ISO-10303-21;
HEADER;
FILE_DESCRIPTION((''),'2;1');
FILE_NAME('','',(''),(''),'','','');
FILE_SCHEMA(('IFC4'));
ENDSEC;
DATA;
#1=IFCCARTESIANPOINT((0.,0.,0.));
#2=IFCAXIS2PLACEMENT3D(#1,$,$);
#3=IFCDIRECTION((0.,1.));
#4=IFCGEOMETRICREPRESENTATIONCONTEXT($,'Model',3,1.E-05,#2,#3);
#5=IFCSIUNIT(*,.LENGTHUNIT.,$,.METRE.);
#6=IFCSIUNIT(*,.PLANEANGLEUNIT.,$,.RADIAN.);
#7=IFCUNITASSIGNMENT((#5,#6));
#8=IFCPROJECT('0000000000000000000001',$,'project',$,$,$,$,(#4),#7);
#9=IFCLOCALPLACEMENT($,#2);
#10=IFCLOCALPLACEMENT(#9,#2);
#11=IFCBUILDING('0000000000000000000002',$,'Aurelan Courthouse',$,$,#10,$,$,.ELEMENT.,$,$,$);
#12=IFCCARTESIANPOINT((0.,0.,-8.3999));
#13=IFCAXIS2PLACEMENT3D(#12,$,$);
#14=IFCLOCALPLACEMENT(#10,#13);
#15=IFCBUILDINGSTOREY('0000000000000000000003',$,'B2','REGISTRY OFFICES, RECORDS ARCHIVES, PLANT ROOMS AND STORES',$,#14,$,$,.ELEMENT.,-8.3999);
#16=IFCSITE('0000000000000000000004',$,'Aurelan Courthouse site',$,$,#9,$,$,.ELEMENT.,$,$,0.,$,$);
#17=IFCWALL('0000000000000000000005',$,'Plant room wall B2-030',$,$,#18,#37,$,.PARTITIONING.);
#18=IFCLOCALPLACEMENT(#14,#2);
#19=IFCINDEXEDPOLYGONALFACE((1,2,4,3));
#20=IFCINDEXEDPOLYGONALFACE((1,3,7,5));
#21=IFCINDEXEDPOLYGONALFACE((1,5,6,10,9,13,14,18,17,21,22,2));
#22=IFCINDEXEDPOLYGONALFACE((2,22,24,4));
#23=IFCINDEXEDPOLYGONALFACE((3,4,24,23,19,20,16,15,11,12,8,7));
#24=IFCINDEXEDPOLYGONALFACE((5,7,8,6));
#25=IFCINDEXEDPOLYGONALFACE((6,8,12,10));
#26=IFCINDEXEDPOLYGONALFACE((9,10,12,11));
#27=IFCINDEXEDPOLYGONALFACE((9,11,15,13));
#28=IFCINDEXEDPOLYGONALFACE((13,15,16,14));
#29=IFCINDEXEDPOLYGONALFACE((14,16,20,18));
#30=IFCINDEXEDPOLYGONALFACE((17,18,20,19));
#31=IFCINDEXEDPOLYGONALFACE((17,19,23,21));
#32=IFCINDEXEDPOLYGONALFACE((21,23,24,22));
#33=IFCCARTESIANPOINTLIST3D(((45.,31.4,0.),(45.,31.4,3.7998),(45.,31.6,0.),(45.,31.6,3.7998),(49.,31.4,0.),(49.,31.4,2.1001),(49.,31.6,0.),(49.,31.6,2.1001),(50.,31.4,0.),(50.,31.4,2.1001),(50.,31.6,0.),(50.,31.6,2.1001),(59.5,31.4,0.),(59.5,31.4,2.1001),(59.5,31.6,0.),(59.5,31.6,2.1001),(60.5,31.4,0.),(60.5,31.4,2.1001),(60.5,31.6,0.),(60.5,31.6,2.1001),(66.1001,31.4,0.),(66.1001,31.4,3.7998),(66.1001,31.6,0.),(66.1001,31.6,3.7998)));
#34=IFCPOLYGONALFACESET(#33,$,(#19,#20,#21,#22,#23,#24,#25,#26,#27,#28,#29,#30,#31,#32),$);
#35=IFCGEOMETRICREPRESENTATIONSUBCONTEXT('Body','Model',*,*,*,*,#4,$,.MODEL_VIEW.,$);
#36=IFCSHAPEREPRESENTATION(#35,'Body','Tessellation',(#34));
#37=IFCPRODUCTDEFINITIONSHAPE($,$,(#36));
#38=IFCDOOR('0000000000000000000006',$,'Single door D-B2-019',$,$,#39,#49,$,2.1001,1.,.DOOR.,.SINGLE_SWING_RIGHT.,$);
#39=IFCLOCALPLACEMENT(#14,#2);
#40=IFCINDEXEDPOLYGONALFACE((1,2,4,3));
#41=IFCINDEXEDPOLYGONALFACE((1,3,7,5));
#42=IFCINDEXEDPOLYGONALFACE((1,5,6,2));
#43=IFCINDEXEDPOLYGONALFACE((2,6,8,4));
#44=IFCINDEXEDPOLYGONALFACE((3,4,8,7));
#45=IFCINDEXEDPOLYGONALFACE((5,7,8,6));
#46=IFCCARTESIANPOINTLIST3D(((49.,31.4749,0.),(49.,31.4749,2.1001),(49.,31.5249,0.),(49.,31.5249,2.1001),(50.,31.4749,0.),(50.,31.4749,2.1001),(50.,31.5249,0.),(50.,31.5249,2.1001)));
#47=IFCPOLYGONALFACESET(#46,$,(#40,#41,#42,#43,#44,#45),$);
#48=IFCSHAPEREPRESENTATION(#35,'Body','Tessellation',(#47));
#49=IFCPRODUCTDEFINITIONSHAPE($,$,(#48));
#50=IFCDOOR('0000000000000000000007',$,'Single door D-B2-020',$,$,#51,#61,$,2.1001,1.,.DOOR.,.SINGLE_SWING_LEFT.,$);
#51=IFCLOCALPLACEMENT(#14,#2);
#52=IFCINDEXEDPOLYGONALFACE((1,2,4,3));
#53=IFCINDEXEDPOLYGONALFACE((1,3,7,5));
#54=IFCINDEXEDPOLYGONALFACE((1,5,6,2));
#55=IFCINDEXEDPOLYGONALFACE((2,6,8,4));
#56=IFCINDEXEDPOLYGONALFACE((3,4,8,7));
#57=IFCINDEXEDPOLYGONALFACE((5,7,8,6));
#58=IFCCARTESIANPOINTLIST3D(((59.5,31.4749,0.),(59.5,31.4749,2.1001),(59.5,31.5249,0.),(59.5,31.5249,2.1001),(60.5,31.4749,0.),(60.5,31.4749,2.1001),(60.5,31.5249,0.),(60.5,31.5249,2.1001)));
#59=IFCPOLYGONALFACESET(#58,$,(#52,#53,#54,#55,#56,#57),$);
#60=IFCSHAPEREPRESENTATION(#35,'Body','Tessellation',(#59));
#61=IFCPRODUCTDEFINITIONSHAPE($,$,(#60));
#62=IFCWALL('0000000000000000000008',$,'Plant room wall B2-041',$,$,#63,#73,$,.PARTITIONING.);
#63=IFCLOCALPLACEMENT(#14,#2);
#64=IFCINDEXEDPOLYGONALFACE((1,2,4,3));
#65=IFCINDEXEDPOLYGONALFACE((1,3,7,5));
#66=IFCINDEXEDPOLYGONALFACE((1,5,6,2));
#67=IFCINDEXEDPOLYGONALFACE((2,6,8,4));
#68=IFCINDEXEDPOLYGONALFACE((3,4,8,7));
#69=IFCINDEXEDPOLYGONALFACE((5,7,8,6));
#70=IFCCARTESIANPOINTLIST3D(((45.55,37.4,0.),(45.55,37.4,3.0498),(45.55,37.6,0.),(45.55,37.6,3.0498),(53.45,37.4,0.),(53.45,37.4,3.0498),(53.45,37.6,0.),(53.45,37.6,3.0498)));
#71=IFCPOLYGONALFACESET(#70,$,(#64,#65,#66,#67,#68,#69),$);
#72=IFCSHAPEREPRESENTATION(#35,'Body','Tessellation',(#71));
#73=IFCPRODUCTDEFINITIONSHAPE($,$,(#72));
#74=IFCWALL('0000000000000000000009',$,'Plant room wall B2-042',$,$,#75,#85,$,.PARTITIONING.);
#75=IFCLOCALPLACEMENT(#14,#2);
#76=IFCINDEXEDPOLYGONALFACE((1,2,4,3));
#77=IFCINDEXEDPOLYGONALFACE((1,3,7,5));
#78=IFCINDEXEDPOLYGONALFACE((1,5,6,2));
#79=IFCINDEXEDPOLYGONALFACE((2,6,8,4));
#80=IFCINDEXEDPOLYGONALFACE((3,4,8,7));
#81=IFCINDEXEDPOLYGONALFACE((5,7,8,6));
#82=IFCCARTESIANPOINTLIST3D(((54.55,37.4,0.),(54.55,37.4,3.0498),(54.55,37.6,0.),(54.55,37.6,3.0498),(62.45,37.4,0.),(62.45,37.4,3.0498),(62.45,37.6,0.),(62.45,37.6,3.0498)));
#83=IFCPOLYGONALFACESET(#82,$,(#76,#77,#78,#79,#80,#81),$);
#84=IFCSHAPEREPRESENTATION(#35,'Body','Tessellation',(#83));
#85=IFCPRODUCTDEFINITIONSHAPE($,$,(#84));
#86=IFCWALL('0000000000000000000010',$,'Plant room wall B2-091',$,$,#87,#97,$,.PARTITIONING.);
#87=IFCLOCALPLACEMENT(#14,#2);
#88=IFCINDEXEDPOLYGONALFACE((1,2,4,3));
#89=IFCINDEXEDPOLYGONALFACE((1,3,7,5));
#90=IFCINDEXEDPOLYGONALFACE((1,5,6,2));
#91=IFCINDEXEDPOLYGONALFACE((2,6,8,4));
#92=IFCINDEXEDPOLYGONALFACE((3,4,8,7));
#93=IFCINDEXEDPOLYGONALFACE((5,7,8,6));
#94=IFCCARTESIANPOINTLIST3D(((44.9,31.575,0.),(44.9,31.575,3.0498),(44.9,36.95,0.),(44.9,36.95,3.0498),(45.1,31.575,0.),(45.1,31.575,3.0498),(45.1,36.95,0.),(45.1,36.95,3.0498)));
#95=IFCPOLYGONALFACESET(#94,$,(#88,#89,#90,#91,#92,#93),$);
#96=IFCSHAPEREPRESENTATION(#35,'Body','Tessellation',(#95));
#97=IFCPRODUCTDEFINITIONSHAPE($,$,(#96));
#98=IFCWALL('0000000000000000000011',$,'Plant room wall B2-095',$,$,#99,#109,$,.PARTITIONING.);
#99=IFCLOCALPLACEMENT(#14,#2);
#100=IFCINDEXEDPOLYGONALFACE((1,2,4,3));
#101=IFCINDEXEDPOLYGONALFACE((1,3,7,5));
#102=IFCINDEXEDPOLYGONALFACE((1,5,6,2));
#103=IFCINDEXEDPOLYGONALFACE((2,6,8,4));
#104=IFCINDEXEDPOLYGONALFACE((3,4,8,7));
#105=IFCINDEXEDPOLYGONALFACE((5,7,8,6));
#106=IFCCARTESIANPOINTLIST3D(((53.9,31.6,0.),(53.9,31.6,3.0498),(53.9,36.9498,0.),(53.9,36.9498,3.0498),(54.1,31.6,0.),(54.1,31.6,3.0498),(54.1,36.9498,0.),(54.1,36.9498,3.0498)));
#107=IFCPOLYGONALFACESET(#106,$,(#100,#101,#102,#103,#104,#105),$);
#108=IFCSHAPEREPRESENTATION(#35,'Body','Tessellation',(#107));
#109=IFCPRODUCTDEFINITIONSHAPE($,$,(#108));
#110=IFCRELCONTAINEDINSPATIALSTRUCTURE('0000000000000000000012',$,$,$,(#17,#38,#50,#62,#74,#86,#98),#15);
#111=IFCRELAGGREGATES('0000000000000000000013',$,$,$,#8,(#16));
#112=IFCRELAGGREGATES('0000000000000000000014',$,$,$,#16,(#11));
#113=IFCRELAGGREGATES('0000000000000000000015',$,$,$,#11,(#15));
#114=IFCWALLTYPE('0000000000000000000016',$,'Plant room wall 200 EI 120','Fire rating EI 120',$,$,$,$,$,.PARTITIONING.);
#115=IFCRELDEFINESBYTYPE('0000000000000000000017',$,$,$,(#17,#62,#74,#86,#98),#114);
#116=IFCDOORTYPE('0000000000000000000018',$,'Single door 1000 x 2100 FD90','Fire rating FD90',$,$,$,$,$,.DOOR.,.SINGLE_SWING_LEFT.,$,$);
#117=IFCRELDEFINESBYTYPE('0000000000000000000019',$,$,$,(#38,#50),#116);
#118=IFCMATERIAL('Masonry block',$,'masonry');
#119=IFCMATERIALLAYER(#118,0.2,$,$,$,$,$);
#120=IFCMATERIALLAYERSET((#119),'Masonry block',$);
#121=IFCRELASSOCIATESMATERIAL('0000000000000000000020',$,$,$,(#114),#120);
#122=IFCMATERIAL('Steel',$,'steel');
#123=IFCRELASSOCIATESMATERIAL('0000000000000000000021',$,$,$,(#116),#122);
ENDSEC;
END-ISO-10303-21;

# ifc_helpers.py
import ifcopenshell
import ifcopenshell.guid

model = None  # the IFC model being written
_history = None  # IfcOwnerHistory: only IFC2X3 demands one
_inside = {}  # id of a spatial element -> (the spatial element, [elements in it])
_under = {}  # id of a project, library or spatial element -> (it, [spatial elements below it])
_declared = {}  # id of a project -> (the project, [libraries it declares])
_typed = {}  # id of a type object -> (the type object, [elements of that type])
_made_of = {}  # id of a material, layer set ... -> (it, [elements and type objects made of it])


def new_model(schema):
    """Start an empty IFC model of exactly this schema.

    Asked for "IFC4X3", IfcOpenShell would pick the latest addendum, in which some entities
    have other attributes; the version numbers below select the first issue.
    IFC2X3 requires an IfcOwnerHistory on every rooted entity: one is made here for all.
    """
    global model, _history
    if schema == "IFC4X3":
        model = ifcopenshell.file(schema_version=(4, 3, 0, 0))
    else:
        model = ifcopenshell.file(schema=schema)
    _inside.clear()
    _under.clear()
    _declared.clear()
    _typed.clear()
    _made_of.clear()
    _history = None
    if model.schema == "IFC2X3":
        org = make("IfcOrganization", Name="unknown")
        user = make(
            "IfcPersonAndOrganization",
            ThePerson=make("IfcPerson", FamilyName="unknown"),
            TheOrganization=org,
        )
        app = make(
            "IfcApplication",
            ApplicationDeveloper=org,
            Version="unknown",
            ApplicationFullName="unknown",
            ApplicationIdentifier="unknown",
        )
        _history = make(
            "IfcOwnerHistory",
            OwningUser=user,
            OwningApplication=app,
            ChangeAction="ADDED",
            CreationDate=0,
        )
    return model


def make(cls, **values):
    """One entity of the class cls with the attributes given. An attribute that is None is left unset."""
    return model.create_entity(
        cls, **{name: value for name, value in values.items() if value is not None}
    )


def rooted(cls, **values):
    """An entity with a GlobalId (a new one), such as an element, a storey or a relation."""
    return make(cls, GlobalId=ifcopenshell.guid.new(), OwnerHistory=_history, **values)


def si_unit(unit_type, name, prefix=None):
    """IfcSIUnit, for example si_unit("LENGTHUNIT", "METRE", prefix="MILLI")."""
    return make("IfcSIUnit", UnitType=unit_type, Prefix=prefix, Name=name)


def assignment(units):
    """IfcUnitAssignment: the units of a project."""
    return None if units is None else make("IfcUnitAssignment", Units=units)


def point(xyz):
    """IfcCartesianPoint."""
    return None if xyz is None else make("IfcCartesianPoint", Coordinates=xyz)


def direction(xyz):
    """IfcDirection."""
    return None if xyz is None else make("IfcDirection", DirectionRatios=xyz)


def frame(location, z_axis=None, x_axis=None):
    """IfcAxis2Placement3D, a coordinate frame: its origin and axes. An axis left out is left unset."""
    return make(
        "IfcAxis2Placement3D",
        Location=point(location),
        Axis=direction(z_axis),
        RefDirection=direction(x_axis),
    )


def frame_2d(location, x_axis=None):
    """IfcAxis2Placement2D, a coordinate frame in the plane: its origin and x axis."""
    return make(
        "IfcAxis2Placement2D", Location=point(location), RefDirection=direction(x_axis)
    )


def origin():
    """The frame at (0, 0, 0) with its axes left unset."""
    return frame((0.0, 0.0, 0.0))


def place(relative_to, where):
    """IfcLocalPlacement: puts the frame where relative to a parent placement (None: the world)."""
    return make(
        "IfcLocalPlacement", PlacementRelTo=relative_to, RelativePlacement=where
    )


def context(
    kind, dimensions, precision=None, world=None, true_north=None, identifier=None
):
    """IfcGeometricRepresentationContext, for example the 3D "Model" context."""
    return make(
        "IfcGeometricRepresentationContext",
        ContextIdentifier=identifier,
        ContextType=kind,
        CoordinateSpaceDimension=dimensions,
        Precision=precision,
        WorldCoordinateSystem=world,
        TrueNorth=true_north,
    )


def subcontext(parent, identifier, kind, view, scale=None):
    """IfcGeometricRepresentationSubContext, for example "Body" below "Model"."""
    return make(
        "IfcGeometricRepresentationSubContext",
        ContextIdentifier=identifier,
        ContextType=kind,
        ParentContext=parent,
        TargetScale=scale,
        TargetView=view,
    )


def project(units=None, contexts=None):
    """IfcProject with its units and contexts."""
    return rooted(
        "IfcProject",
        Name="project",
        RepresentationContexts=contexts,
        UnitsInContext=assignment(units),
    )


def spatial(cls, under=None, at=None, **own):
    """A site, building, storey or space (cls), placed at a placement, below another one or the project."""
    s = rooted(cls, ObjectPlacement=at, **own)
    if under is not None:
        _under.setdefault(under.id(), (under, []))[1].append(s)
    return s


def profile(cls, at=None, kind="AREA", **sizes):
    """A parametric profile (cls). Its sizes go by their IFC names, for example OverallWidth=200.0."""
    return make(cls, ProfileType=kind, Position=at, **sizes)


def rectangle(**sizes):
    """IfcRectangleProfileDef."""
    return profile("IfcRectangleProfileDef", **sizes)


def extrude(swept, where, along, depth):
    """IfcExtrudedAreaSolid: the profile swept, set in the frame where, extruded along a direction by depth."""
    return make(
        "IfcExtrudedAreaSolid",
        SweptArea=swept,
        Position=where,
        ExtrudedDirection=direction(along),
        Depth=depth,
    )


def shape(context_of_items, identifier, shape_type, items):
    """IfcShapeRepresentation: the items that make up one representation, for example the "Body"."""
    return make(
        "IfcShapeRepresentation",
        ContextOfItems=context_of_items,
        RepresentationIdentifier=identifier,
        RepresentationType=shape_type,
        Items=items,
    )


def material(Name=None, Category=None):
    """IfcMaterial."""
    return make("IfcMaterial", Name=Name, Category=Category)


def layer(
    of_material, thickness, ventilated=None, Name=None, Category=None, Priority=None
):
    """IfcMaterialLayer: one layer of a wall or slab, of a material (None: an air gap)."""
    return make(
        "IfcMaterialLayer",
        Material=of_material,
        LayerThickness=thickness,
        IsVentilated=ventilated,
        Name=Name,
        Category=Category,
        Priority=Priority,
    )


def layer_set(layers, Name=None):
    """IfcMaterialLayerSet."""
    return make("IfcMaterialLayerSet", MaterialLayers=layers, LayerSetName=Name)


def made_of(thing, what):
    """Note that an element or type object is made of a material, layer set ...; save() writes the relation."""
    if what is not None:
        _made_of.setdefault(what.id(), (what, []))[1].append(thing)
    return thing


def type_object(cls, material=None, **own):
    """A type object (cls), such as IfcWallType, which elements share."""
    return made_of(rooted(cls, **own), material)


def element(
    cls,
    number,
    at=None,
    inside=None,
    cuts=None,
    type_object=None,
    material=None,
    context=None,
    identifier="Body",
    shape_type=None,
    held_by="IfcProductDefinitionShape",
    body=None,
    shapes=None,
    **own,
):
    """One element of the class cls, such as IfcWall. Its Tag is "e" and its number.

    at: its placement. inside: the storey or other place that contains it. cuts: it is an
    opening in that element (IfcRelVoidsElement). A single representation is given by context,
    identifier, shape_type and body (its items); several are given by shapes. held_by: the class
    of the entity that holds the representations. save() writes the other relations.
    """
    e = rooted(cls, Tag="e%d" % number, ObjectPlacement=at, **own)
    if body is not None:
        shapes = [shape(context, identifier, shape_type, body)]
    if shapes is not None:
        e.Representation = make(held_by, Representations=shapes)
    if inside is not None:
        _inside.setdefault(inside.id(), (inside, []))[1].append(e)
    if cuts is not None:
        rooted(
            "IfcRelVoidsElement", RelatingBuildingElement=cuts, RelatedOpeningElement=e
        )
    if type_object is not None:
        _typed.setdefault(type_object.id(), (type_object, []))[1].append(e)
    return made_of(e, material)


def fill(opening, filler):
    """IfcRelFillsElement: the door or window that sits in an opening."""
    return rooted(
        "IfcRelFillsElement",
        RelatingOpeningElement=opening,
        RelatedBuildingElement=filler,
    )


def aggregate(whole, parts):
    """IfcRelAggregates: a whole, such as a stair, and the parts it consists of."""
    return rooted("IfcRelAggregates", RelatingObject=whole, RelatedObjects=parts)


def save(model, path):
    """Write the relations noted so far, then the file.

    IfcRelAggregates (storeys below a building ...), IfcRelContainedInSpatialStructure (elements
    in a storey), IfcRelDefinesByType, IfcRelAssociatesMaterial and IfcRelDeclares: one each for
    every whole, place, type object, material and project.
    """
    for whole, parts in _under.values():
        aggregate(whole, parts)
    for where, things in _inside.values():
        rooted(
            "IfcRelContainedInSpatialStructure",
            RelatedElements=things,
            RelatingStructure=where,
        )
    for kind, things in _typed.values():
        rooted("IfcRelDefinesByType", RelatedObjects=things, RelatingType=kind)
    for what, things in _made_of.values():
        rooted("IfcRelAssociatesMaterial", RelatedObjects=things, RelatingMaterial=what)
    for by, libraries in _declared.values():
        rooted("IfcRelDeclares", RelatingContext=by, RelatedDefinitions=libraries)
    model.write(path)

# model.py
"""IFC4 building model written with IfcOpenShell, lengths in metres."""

from ifc_helpers import new_model, si_unit, direction, frame, frame_2d, origin, place, context, subcontext, project, spatial, rectangle, extrude, material, layer, layer_set, type_object, element, fill, save


model = new_model("IFC4")

# Units and contexts
model_context = context("Model", 3, precision=1e-05, world=origin(), true_north=direction((0.0, 1.0)))
body_context = subcontext(model_context, "Body", "Model", "MODEL_VIEW")
ifc_project = project(units=[si_unit("LENGTHUNIT", "METRE"), si_unit("PLANEANGLEUNIT", "RADIAN")], contexts=[model_context])

# Site, building, storey
site_placement = place(None, origin())
site = spatial("IfcSite", under=ifc_project, at=site_placement, Name="Aurelan Courthouse site", CompositionType="ELEMENT", RefElevation=0.0)
building_placement = place(site_placement, origin())
building = spatial("IfcBuilding", under=site, at=building_placement, Name="Aurelan Courthouse", CompositionType="ELEMENT")
storey_placement = place(building_placement, frame((0.0, 0.0, -8.3999)))
storey = spatial("IfcBuildingStorey", under=building, at=storey_placement, Name="B2", Description="REGISTRY OFFICES, RECORDS ARCHIVES, PLANT ROOMS AND STORES", CompositionType="ELEMENT", Elevation=-8.3999)

# Wall, openings, doors
ifc_material_1 = material(Name="Masonry block", Category="masonry")
ifc_layer = layer(ifc_material_1, 0.2)
ifc_layer_set = layer_set([ifc_layer], Name="Masonry block")
wall_type = type_object("IfcWallType", Name="Plant room wall 200 EI 120", Description="Fire rating EI 120", PredefinedType="PARTITIONING", material=ifc_layer_set)
wall_1_placement = place(storey_placement, frame((45.0, 31.5, 0.0), z_axis=(0.0, 0.0, 1.0), x_axis=(1.0, 0.0, 0.0)))
wall_1 = element("IfcWall", 1, at=wall_1_placement, inside=storey, type_object=wall_type, Name="Plant room wall B2-030", PredefinedType="PARTITIONING", context=body_context, shape_type="SweptSolid", body=[
    extrude(rectangle(XDim=21.1001, YDim=0.2, at=frame_2d((10.55, 0.0))), origin(), (0.0, 0.0, 1.0), 3.7998),
])
opening_1_placement = place(wall_1_placement, frame((4.0, 0.0, 0.0)))
opening_1 = element("IfcOpeningElement", 2, at=opening_1_placement, cuts=wall_1, PredefinedType="OPENING", context=body_context, shape_type="SweptSolid", body=[
    extrude(rectangle(XDim=1.0, YDim=2.1001, at=frame_2d((0.5, 1.05))), frame((0.0, 0.1099, 0.0), z_axis=(0.0, -1.0, 0.0), x_axis=(1.0, 0.0, 0.0)), (0.0, 0.0, 1.0), 0.22),
])
opening_2_placement = place(wall_1_placement, frame((14.5, 0.0, 0.0)))
opening_2 = element("IfcOpeningElement", 3, at=opening_2_placement, cuts=wall_1, PredefinedType="OPENING", context=body_context, shape_type="SweptSolid", body=[
    extrude(rectangle(XDim=1.0, YDim=2.1001, at=frame_2d((0.5, 1.05))), frame((0.0, 0.1099, 0.0), z_axis=(0.0, -1.0, 0.0), x_axis=(1.0, 0.0, 0.0)), (0.0, 0.0, 1.0), 0.22),
])
ifc_material_2 = material(Name="Steel", Category="steel")
door_type = type_object("IfcDoorType", Name="Single door 1000 x 2100 FD90", Description="Fire rating FD90", OperationType="SINGLE_SWING_LEFT", PredefinedType="DOOR", material=ifc_material_2)
door_1_placement = place(opening_1_placement, origin())
door_1 = element("IfcDoor", 4, at=door_1_placement, inside=storey, type_object=door_type, Name="Single door D-B2-019", OperationType="SINGLE_SWING_RIGHT", OverallHeight=2.1001, OverallWidth=1.0, PredefinedType="DOOR", context=body_context, shape_type="SweptSolid", body=[
    extrude(rectangle(XDim=1.0, YDim=2.1001, at=frame_2d((0.5, 1.05))), frame((0.0, 0.0249, 0.0), z_axis=(0.0, -1.0, 0.0), x_axis=(1.0, 0.0, 0.0)), (0.0, 0.0, 1.0), 0.05),
])
fill(opening_1, door_1)
door_2_placement = place(opening_2_placement, origin())
door_2 = element("IfcDoor", 5, at=door_2_placement, inside=storey, type_object=door_type, Name="Single door D-B2-020", OperationType="SINGLE_SWING_LEFT", OverallHeight=2.1001, OverallWidth=1.0, PredefinedType="DOOR", context=body_context, shape_type="SweptSolid", body=[
    extrude(rectangle(XDim=1.0, YDim=2.1001, at=frame_2d((0.5, 1.05))), frame((0.0, 0.0249, 0.0), z_axis=(0.0, -1.0, 0.0), x_axis=(1.0, 0.0, 0.0)), (0.0, 0.0, 1.0), 0.05),
])
fill(opening_2, door_2)

# Walls
for number, where, z_axis, x_axis, name in (
    (6, (45.55, 37.5, 0.0), (0.0, 0.0, 1.0), (1.0, 0.0, 0.0), "Plant room wall B2-041"),
    (7, (54.55, 37.5, 0.0), (0.0, 0.0, 1.0), (1.0, 0.0, 0.0), "Plant room wall B2-042"),
):
    element("IfcWall", number, at=place(storey_placement, frame(where, z_axis=z_axis, x_axis=x_axis)), inside=storey, type_object=wall_type, Name=name, PredefinedType="PARTITIONING", context=body_context, shape_type="SweptSolid", body=[
        extrude(rectangle(XDim=7.8999, YDim=0.2, at=frame_2d((3.95, 0.0))), origin(), (0.0, 0.0, 1.0), 3.0498),
    ])
wall_2_placement = place(storey_placement, frame((45.0, 31.575, 0.0), z_axis=(0.0, 0.0, 1.0), x_axis=(0.0, 1.0, 0.0)))
element("IfcWall", 8, at=wall_2_placement, inside=storey, type_object=wall_type, Name="Plant room wall B2-091", PredefinedType="PARTITIONING", context=body_context, shape_type="SweptSolid", body=[
    extrude(rectangle(XDim=5.375, YDim=0.2, at=frame_2d((2.6875, 0.0))), origin(), (0.0, 0.0, 1.0), 3.0498),
])
wall_3_placement = place(storey_placement, frame((54.0, 31.6001, 0.0), z_axis=(0.0, 0.0, 1.0), x_axis=(0.0, 1.0, 0.0)))
element("IfcWall", 9, at=wall_3_placement, inside=storey, type_object=wall_type, Name="Plant room wall B2-095", PredefinedType="PARTITIONING", context=body_context, shape_type="SweptSolid", body=[
    extrude(rectangle(XDim=5.3499, YDim=0.2, at=frame_2d((2.6748, 0.0))), origin(), (0.0, 0.0, 1.0), 3.0498),
])

save(model, "model.ifc")
